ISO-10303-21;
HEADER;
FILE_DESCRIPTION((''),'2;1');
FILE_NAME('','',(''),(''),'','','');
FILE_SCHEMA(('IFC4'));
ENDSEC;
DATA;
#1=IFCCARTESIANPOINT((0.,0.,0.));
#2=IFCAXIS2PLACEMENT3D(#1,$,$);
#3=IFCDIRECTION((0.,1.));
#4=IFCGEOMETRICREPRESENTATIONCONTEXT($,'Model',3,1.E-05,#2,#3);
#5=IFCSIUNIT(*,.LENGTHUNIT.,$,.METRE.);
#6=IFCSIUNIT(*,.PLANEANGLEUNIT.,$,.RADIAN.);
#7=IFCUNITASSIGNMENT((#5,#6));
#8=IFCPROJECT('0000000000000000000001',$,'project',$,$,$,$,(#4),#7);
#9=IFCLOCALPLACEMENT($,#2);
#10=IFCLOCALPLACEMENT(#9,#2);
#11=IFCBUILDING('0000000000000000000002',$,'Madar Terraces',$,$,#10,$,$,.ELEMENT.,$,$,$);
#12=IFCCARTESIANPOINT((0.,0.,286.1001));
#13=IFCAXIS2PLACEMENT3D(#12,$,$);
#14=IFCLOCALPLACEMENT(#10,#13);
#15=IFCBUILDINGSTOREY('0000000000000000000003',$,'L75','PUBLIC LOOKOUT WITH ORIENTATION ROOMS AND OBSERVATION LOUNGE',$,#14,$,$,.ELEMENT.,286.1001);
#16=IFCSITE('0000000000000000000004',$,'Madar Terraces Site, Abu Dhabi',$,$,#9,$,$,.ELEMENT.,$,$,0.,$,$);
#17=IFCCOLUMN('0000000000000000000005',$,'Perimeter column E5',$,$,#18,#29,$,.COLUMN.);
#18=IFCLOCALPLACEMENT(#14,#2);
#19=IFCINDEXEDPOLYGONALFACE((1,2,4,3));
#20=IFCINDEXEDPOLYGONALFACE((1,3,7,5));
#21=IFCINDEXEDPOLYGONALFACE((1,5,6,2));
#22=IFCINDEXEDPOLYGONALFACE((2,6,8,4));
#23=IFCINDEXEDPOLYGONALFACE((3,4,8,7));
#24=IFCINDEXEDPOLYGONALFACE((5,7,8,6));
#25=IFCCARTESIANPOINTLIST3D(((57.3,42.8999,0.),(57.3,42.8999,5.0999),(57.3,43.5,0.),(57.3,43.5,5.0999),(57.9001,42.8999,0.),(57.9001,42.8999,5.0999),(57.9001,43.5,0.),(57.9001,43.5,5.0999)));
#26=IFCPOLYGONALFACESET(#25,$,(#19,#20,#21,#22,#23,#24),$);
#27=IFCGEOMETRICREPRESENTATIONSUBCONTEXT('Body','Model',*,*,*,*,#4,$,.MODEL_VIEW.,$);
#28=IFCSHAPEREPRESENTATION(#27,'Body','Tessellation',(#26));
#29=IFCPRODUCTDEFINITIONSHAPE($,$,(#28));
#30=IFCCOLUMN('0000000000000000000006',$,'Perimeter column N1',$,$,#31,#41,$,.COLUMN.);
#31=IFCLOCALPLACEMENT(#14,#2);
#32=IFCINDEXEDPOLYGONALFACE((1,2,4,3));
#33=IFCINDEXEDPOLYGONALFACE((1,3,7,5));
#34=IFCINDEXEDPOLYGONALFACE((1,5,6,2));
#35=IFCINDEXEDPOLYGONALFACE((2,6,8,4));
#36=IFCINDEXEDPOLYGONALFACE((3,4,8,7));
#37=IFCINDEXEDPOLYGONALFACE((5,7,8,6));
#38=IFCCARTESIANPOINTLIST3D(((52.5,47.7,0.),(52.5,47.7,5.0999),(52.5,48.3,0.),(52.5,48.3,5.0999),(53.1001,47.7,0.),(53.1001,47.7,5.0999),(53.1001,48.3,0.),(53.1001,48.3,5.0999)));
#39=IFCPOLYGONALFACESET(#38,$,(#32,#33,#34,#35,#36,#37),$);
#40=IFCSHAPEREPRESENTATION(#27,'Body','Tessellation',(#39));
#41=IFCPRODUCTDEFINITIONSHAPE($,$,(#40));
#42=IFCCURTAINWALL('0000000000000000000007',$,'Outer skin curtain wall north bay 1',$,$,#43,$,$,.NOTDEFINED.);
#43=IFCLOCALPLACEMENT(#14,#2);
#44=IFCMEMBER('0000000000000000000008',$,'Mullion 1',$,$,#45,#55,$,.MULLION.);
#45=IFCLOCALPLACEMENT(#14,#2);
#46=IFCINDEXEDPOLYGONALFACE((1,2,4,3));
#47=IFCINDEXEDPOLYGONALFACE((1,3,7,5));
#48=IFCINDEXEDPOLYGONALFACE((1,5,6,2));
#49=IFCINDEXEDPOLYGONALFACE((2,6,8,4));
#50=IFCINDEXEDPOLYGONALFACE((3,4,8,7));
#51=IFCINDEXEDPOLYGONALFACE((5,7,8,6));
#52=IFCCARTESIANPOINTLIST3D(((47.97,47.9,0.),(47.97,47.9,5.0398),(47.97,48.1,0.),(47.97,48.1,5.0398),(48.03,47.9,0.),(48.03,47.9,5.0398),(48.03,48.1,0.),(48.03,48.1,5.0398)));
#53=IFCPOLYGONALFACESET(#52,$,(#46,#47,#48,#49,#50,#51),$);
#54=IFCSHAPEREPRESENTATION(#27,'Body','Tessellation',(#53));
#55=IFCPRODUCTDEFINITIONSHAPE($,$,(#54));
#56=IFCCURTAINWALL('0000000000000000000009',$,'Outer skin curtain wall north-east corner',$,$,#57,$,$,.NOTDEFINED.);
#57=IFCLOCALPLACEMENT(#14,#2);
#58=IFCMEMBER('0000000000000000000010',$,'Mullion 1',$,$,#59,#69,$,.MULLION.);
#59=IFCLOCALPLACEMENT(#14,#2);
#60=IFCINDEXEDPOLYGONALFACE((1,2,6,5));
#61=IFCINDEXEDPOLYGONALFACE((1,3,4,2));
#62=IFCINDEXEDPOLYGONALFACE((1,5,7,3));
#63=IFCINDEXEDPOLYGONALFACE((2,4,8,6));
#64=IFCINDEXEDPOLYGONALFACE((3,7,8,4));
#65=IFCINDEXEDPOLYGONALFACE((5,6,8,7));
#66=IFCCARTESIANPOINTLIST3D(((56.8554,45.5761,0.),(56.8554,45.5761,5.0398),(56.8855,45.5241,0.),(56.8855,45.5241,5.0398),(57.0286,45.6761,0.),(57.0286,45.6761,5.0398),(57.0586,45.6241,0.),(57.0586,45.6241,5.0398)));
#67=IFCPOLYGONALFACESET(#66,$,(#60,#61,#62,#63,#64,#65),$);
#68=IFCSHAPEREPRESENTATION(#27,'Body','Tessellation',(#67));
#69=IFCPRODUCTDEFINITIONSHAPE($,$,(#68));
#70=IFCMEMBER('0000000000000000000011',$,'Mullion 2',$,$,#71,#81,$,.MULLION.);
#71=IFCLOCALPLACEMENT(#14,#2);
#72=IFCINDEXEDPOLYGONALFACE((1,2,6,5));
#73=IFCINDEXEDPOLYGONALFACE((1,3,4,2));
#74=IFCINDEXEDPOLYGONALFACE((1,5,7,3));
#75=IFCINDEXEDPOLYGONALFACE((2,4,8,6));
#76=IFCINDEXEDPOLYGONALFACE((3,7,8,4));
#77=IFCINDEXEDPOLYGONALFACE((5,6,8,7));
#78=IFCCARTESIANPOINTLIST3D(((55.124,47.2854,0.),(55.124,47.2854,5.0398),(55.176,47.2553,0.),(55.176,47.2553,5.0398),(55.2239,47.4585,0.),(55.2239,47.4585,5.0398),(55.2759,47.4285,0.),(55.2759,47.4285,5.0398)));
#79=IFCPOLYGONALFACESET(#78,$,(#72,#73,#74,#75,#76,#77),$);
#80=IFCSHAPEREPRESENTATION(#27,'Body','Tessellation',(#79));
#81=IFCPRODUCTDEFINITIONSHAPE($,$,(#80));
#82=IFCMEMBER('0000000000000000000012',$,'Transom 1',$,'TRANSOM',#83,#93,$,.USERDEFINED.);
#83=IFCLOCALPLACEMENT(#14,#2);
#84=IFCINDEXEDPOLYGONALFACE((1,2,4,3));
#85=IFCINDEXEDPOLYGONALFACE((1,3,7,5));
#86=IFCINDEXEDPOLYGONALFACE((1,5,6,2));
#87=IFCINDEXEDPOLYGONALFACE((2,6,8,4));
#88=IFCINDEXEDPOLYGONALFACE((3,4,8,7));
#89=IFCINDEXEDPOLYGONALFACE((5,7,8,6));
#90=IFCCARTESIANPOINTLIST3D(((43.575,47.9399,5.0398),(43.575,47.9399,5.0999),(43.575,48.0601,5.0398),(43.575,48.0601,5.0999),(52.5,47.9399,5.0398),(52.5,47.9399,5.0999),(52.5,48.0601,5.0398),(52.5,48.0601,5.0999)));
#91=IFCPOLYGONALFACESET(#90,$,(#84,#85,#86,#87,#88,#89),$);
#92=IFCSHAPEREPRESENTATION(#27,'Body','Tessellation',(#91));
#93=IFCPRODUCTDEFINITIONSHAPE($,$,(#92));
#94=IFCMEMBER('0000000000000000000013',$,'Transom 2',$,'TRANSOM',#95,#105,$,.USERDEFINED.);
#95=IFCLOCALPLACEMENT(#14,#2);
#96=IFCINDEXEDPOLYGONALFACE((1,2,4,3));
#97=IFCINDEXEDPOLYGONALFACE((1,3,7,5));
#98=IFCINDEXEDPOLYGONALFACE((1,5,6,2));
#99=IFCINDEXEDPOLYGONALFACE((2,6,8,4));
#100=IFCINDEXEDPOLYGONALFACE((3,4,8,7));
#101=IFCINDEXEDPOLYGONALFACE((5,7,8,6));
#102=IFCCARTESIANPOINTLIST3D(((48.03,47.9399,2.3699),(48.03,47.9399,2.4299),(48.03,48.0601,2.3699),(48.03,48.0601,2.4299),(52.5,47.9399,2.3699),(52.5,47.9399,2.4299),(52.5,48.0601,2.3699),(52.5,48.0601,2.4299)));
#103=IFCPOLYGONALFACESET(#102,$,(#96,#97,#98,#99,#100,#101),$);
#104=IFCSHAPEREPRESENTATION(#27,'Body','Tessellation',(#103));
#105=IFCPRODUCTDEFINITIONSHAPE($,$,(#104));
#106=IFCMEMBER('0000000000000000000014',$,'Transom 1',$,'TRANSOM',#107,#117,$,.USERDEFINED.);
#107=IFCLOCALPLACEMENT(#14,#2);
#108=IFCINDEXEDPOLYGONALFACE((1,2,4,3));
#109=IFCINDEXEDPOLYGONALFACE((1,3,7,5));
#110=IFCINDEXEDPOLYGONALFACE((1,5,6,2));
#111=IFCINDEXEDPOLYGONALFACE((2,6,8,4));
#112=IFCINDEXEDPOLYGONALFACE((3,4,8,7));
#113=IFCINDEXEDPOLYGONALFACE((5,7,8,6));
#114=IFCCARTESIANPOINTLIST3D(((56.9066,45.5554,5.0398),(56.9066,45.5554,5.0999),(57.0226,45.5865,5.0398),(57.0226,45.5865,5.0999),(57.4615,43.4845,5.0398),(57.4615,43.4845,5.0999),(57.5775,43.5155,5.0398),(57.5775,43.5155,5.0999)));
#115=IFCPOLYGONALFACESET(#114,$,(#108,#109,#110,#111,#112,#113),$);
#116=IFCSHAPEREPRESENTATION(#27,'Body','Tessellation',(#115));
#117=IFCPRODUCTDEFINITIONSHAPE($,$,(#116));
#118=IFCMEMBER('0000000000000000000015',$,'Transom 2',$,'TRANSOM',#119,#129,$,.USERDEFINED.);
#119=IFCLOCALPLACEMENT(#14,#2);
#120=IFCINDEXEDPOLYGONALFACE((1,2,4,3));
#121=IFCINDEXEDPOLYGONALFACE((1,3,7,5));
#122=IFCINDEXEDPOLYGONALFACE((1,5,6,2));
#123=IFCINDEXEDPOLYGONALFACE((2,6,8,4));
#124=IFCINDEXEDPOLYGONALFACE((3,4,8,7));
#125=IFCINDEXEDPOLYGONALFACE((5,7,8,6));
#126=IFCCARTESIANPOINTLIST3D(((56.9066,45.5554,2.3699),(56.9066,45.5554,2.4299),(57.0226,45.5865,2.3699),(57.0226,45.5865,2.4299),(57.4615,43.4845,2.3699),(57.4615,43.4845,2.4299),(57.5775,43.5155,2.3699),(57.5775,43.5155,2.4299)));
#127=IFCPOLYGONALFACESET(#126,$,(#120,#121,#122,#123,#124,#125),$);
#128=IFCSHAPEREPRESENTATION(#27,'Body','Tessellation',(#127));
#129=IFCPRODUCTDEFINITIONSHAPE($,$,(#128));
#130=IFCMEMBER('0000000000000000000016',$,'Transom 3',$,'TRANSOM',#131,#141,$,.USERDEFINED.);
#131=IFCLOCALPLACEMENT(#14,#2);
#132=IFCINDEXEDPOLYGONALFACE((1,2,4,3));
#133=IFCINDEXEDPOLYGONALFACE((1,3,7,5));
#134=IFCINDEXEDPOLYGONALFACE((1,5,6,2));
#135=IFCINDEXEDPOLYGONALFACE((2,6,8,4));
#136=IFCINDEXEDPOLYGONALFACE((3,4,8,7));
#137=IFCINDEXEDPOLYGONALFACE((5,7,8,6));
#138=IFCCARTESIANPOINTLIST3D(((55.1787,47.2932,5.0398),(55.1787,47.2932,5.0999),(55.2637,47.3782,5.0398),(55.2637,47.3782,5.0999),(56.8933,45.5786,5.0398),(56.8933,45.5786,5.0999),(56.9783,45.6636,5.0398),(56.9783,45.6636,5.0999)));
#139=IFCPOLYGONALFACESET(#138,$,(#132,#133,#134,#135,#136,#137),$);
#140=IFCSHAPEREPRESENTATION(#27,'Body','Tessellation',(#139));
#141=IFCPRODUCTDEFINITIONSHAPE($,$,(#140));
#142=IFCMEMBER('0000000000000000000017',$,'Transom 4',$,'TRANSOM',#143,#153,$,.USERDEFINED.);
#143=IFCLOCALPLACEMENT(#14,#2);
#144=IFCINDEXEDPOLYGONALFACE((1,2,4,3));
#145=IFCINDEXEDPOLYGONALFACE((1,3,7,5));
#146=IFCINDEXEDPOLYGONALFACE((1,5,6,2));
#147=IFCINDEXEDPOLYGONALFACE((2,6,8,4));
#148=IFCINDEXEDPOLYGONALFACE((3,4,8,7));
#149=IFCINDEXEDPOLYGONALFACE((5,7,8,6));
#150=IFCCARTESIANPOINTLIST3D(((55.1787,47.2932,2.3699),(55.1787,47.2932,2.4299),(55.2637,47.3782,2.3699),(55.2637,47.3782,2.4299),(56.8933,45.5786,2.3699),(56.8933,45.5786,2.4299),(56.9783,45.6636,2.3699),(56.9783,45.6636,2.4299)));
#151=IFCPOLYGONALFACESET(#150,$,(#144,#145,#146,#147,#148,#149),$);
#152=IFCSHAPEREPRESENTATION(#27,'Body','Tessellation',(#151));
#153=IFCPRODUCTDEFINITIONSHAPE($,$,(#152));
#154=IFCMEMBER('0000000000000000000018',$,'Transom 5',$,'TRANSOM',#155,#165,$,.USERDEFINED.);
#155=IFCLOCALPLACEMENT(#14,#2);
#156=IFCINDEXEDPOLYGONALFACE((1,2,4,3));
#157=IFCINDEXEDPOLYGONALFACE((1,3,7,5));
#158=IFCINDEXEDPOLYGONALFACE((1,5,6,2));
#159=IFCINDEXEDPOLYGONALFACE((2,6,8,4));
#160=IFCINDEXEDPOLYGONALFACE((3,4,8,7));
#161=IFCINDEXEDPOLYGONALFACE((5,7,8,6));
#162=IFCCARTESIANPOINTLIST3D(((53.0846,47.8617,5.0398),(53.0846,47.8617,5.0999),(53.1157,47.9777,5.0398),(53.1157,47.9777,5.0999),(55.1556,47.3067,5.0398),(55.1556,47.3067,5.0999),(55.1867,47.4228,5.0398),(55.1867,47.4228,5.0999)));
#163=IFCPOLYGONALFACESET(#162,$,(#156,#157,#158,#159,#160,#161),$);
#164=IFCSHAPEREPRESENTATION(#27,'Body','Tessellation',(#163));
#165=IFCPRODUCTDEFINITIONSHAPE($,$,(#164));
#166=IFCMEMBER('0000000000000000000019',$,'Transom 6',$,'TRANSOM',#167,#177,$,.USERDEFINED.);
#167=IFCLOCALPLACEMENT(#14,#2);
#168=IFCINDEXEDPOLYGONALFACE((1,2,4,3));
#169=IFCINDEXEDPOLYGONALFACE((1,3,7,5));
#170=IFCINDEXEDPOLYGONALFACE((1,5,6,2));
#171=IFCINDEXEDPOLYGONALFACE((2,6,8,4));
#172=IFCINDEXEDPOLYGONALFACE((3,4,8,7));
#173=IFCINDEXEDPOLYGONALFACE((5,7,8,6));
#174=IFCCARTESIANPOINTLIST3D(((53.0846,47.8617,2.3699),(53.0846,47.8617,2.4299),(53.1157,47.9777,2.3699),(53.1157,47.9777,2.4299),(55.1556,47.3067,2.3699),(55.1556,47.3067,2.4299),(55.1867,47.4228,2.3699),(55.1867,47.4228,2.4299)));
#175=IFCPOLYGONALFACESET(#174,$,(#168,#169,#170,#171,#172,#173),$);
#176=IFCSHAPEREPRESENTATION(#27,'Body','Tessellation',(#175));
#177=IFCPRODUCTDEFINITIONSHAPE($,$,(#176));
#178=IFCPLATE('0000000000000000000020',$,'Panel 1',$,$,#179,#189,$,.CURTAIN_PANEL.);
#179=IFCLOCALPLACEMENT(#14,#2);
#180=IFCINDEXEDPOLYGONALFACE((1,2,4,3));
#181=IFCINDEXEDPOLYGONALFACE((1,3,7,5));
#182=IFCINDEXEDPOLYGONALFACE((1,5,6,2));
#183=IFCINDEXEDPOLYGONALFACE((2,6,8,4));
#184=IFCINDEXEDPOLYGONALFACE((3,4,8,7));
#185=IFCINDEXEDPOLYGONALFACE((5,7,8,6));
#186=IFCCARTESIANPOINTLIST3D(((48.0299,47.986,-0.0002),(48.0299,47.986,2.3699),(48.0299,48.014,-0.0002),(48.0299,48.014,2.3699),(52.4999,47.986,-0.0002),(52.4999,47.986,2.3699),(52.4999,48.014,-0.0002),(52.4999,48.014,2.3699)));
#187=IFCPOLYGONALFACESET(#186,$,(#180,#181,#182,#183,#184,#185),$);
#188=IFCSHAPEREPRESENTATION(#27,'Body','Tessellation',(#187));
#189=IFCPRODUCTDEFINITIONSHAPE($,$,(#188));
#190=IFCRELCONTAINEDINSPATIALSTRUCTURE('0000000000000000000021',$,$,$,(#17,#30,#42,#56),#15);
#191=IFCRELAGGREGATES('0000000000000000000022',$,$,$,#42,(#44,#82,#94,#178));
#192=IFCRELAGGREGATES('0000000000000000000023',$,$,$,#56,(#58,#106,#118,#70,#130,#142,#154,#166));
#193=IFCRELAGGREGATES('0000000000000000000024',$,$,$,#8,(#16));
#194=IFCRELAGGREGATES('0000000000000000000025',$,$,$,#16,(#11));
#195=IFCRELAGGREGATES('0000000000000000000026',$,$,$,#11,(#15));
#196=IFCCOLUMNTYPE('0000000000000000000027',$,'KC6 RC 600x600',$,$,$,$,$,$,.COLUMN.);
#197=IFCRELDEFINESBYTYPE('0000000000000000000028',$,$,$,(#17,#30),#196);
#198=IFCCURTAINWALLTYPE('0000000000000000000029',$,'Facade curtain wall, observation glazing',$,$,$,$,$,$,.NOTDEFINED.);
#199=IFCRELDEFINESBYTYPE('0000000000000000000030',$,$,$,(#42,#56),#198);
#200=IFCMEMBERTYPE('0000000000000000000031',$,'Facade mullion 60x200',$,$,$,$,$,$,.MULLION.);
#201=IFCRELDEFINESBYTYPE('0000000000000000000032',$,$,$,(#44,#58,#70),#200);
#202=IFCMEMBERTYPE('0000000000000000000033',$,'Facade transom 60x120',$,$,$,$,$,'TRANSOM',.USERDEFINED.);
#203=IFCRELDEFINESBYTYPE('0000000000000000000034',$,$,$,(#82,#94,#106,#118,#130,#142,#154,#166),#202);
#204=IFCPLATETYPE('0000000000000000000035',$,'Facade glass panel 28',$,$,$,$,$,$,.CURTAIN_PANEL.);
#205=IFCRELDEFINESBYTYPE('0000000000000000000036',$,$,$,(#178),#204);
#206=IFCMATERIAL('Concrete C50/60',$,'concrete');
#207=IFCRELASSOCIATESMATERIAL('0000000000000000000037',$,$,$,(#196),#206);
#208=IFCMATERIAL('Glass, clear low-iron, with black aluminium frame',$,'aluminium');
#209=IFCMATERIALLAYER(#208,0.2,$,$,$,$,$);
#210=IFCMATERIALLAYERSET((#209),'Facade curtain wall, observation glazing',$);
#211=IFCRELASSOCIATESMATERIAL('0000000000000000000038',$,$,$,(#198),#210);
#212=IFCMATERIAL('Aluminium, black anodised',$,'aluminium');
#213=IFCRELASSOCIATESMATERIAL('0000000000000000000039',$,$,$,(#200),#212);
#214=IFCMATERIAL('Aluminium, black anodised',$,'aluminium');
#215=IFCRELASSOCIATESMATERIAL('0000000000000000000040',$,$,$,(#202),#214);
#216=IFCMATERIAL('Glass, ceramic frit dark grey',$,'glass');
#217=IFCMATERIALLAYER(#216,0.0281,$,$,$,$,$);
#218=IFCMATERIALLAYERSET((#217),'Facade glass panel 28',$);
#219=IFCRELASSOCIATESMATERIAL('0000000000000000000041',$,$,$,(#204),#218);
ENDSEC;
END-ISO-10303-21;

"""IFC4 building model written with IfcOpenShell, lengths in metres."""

from ifc_helpers import new_model, si_unit, direction, frame, origin, origin_2d, place, context, subcontext, project, spatial, rectangle, extrude, material, layer, layer_set, material_profile, profile_set, type_object, element, aggregate, save


model = new_model("IFC4")

# Units and contexts
model_context = context("Model", 3, precision=1e-05, world=origin(), true_north=direction((0.0, 1.0)))
body_context = subcontext(model_context, "Body", "Model", "MODEL_VIEW")
ifc_project = project(units=[si_unit("LENGTHUNIT", "METRE"), si_unit("PLANEANGLEUNIT", "RADIAN")], contexts=[model_context])

# Site, building, storey
site_placement = place(None, origin())
site = spatial("IfcSite", under=ifc_project, at=site_placement, Name="Madar Terraces Site, Abu Dhabi", CompositionType="ELEMENT", RefElevation=0.0)
building_placement = place(site_placement, origin())
building = spatial("IfcBuilding", under=site, at=building_placement, Name="Madar Terraces", CompositionType="ELEMENT")
storey_placement = place(building_placement, frame((0.0, 0.0, 286.1001)))
storey = spatial("IfcBuildingStorey", under=building, at=storey_placement, Name="L75", Description="PUBLIC LOOKOUT WITH ORIENTATION ROOMS AND OBSERVATION LOUNGE", CompositionType="ELEMENT", Elevation=286.1001)

# Columns
ifc_material_1 = material(Name="Concrete C50/60", Category="concrete")
ifc_material_profile_1 = material_profile(ifc_material_1, rectangle(XDim=0.6001, YDim=0.6001, at=origin_2d()), Name="KC6 RC 600x600")
ifc_profile_set_1 = profile_set([ifc_material_profile_1], Name="Concrete C50/60")
column_type = type_object("IfcColumnType", Name="KC6 RC 600x600", PredefinedType="COLUMN", material=ifc_profile_set_1)
for number, where, z_axis, x_axis, name in (
    (1, (57.6001, 43.2, 0.0), (0.0, 0.0, 1.0), (1.0, 0.0, 0.0), "Perimeter column E5"),
    (2, (52.8, 48.0, 0.0), (0.0, 0.0, 1.0), (1.0, 0.0, 0.0), "Perimeter column N1"),
):
    element("IfcColumn", number, at=place(storey_placement, frame(where, z_axis=z_axis, x_axis=x_axis)), inside=storey, type_object=column_type, Name=name, PredefinedType="COLUMN", context=body_context, shape_type="SweptSolid", body=[
        extrude(rectangle(XDim=0.6001, YDim=0.6001, at=origin_2d()), origin(), (0.0, 0.0, 1.0), 5.0999),
    ])

# Curtain wall, member
ifc_material_2 = material(Name="Glass, clear low-iron, with black aluminium frame", Category="aluminium")
ifc_layer_1 = layer(ifc_material_2, 0.2)
ifc_layer_set_1 = layer_set([ifc_layer_1], Name="Facade curtain wall, observation glazing")
curtain_wall_type = type_object("IfcCurtainWallType", Name="Facade curtain wall, observation glazing", PredefinedType="NOTDEFINED", material=ifc_layer_set_1)
curtain_wall_1_placement = place(storey_placement, origin())
curtain_wall_1 = element("IfcCurtainWall", 3, at=curtain_wall_1_placement, inside=storey, type_object=curtain_wall_type, Name="Outer skin curtain wall north bay 1", PredefinedType="NOTDEFINED")
ifc_material_3 = material(Name="Aluminium, black anodised", Category="aluminium")
ifc_material_profile_2 = material_profile(ifc_material_3, rectangle(XDim=0.2, YDim=0.0601, at=origin_2d()), Name="Facade mullion 60x200")
ifc_profile_set_2 = profile_set([ifc_material_profile_2], Name="Aluminium, black anodised")
member_type_1 = type_object("IfcMemberType", Name="Facade mullion 60x200", PredefinedType="MULLION", material=ifc_profile_set_2)
member_1_placement = place(storey_placement, frame((48.0, 48.0, 0.0), z_axis=(0.0, 0.0, 1.0), x_axis=(0.0, -1.0, 0.0)))
member_1 = element("IfcMember", 4, at=member_1_placement, type_object=member_type_1, Name="Mullion 1", PredefinedType="MULLION", context=body_context, shape_type="SweptSolid", body=[
    extrude(rectangle(XDim=0.2, YDim=0.0601, at=origin_2d()), origin(), (0.0, 0.0, 1.0), 5.0398),
])

# Curtain wall, members
curtain_wall_2_placement = place(storey_placement, origin())
curtain_wall_2 = element("IfcCurtainWall", 5, at=curtain_wall_2_placement, inside=storey, type_object=curtain_wall_type, Name="Outer skin curtain wall north-east corner", PredefinedType="NOTDEFINED")
member_2_placement = place(storey_placement, frame((56.957, 45.6001, 0.0), z_axis=(0.0, 0.0, 1.0), x_axis=(-0.866025, -0.5, 0.0)))
member_2 = element("IfcMember", 6, at=member_2_placement, type_object=member_type_1, Name="Mullion 1", PredefinedType="MULLION", context=body_context, shape_type="SweptSolid", body=[
    extrude(rectangle(XDim=0.2, YDim=0.0601, at=origin_2d()), origin(), (0.0, 0.0, 1.0), 5.0398),
])
member_3_placement = place(storey_placement, frame((55.2, 47.3569, 0.0), z_axis=(0.0, 0.0, 1.0), x_axis=(-0.5, -0.866025, 0.0)))
member_3 = element("IfcMember", 7, at=member_3_placement, type_object=member_type_1, Name="Mullion 2", PredefinedType="MULLION", context=body_context, shape_type="SweptSolid", body=[
    extrude(rectangle(XDim=0.2, YDim=0.0601, at=origin_2d()), origin(), (0.0, 0.0, 1.0), 5.0398),
])

# Members
ifc_material_4 = material(Name="Aluminium, black anodised", Category="aluminium")
ifc_material_profile_3 = material_profile(ifc_material_4, rectangle(XDim=0.1201, YDim=0.0601, at=origin_2d()), Name="Facade transom 60x120")
ifc_profile_set_3 = profile_set([ifc_material_profile_3], Name="Aluminium, black anodised")
member_type_2 = type_object("IfcMemberType", Name="Facade transom 60x120", ElementType="TRANSOM", PredefinedType="USERDEFINED", material=ifc_profile_set_3)
member_4_placement = place(storey_placement, frame((52.5, 48.0, 5.0698), z_axis=(-1.0, 0.0, 0.0), x_axis=(0.0, -1.0, 0.0)))
member_4 = element("IfcMember", 8, at=member_4_placement, type_object=member_type_2, Name="Transom 1", ObjectType="TRANSOM", PredefinedType="USERDEFINED", context=body_context, shape_type="SweptSolid", body=[
    extrude(rectangle(XDim=0.1201, YDim=0.0601, at=origin_2d()), origin(), (0.0, 0.0, 1.0), 8.925),
])
member_5_placement = place(storey_placement, frame((52.5, 48.0, 2.3999), z_axis=(-1.0, 0.0, 0.0), x_axis=(0.0, -1.0, 0.0)))
member_5 = element("IfcMember", 9, at=member_5_placement, type_object=member_type_2, Name="Transom 2", ObjectType="TRANSOM", PredefinedType="USERDEFINED", context=body_context, shape_type="SweptSolid", body=[
    extrude(rectangle(XDim=0.1201, YDim=0.0601, at=origin_2d()), origin(), (0.0, 0.0, 1.0), 4.47),
])
member_6_placement = place(storey_placement, frame((57.5195, 43.5, 5.0698), z_axis=(-0.258818, 0.965926, 0.0), x_axis=(-0.965926, -0.258818, 0.0)))
member_6 = element("IfcMember", 10, at=member_6_placement, type_object=member_type_2, Name="Transom 1", ObjectType="TRANSOM", PredefinedType="USERDEFINED", context=body_context, shape_type="SweptSolid", body=[
    extrude(rectangle(XDim=0.1201, YDim=0.0601, at=origin_2d()), origin(), (0.0, 0.0, 1.0), 2.144),
])
member_7_placement = place(storey_placement, frame((57.5195, 43.5, 2.3999), z_axis=(-0.258818, 0.965926, 0.0), x_axis=(-0.965926, -0.258818, 0.0)))
member_7 = element("IfcMember", 11, at=member_7_placement, type_object=member_type_2, Name="Transom 2", ObjectType="TRANSOM", PredefinedType="USERDEFINED", context=body_context, shape_type="SweptSolid", body=[
    extrude(rectangle(XDim=0.1201, YDim=0.0601, at=origin_2d()), origin(), (0.0, 0.0, 1.0), 2.144),
])
member_8_placement = place(storey_placement, frame((56.9358, 45.6211, 5.0698), z_axis=(-0.707107, 0.707107, 0.0), x_axis=(-0.707107, -0.707107, 0.0)))
member_8 = element("IfcMember", 12, at=member_8_placement, type_object=member_type_2, Name="Transom 3", ObjectType="TRANSOM", PredefinedType="USERDEFINED", context=body_context, shape_type="SweptSolid", body=[
    extrude(rectangle(XDim=0.1201, YDim=0.0601, at=origin_2d()), origin(), (0.0, 0.0, 1.0), 2.4248),
])
member_9_placement = place(storey_placement, frame((56.9358, 45.6211, 2.3999), z_axis=(-0.707107, 0.707107, 0.0), x_axis=(-0.707107, -0.707107, 0.0)))
member_9 = element("IfcMember", 13, at=member_9_placement, type_object=member_type_2, Name="Transom 4", ObjectType="TRANSOM", PredefinedType="USERDEFINED", context=body_context, shape_type="SweptSolid", body=[
    extrude(rectangle(XDim=0.1201, YDim=0.0601, at=origin_2d()), origin(), (0.0, 0.0, 1.0), 2.4248),
])
member_10_placement = place(storey_placement, frame((55.1711, 47.3647, 5.0698), z_axis=(-0.965926, 0.258818, 0.0), x_axis=(-0.258818, -0.965926, 0.0)))
member_10 = element("IfcMember", 14, at=member_10_placement, type_object=member_type_2, Name="Transom 5", ObjectType="TRANSOM", PredefinedType="USERDEFINED", context=body_context, shape_type="SweptSolid", body=[
    extrude(rectangle(XDim=0.1201, YDim=0.0601, at=origin_2d()), origin(), (0.0, 0.0, 1.0), 2.144),
])
member_11_placement = place(storey_placement, frame((55.1711, 47.3647, 2.3999), z_axis=(-0.965926, 0.258818, 0.0), x_axis=(-0.258818, -0.965926, 0.0)))
member_11 = element("IfcMember", 15, at=member_11_placement, type_object=member_type_2, Name="Transom 6", ObjectType="TRANSOM", PredefinedType="USERDEFINED", context=body_context, shape_type="SweptSolid", body=[
    extrude(rectangle(XDim=0.1201, YDim=0.0601, at=origin_2d()), origin(), (0.0, 0.0, 1.0), 2.144),
])

# Plate
ifc_material_5 = material(Name="Glass, ceramic frit dark grey", Category="glass")
ifc_layer_2 = layer(ifc_material_5, 0.0281)
ifc_layer_set_2 = layer_set([ifc_layer_2], Name="Facade glass panel 28")
plate_type = type_object("IfcPlateType", Name="Facade glass panel 28", PredefinedType="CURTAIN_PANEL", material=ifc_layer_set_2)
plate_1_placement = place(storey_placement, frame((50.2649, 48.0, -0.0002), z_axis=(0.0, 0.0, 1.0), x_axis=(-1.0, 0.0, 0.0)))
plate_1 = element("IfcPlate", 16, at=plate_1_placement, type_object=plate_type, Name="Panel 1", PredefinedType="CURTAIN_PANEL", context=body_context, shape_type="SweptSolid", body=[
    extrude(rectangle(XDim=4.47, YDim=0.0281, at=origin_2d()), origin(), (0.0, 0.0, 1.0), 2.3701),
])
aggregate(curtain_wall_1, [member_1, member_4, member_5, plate_1])
aggregate(curtain_wall_2, [member_2, member_6, member_7, member_3, member_8, member_9, member_10, member_11])

save(model, "model.ifc")
